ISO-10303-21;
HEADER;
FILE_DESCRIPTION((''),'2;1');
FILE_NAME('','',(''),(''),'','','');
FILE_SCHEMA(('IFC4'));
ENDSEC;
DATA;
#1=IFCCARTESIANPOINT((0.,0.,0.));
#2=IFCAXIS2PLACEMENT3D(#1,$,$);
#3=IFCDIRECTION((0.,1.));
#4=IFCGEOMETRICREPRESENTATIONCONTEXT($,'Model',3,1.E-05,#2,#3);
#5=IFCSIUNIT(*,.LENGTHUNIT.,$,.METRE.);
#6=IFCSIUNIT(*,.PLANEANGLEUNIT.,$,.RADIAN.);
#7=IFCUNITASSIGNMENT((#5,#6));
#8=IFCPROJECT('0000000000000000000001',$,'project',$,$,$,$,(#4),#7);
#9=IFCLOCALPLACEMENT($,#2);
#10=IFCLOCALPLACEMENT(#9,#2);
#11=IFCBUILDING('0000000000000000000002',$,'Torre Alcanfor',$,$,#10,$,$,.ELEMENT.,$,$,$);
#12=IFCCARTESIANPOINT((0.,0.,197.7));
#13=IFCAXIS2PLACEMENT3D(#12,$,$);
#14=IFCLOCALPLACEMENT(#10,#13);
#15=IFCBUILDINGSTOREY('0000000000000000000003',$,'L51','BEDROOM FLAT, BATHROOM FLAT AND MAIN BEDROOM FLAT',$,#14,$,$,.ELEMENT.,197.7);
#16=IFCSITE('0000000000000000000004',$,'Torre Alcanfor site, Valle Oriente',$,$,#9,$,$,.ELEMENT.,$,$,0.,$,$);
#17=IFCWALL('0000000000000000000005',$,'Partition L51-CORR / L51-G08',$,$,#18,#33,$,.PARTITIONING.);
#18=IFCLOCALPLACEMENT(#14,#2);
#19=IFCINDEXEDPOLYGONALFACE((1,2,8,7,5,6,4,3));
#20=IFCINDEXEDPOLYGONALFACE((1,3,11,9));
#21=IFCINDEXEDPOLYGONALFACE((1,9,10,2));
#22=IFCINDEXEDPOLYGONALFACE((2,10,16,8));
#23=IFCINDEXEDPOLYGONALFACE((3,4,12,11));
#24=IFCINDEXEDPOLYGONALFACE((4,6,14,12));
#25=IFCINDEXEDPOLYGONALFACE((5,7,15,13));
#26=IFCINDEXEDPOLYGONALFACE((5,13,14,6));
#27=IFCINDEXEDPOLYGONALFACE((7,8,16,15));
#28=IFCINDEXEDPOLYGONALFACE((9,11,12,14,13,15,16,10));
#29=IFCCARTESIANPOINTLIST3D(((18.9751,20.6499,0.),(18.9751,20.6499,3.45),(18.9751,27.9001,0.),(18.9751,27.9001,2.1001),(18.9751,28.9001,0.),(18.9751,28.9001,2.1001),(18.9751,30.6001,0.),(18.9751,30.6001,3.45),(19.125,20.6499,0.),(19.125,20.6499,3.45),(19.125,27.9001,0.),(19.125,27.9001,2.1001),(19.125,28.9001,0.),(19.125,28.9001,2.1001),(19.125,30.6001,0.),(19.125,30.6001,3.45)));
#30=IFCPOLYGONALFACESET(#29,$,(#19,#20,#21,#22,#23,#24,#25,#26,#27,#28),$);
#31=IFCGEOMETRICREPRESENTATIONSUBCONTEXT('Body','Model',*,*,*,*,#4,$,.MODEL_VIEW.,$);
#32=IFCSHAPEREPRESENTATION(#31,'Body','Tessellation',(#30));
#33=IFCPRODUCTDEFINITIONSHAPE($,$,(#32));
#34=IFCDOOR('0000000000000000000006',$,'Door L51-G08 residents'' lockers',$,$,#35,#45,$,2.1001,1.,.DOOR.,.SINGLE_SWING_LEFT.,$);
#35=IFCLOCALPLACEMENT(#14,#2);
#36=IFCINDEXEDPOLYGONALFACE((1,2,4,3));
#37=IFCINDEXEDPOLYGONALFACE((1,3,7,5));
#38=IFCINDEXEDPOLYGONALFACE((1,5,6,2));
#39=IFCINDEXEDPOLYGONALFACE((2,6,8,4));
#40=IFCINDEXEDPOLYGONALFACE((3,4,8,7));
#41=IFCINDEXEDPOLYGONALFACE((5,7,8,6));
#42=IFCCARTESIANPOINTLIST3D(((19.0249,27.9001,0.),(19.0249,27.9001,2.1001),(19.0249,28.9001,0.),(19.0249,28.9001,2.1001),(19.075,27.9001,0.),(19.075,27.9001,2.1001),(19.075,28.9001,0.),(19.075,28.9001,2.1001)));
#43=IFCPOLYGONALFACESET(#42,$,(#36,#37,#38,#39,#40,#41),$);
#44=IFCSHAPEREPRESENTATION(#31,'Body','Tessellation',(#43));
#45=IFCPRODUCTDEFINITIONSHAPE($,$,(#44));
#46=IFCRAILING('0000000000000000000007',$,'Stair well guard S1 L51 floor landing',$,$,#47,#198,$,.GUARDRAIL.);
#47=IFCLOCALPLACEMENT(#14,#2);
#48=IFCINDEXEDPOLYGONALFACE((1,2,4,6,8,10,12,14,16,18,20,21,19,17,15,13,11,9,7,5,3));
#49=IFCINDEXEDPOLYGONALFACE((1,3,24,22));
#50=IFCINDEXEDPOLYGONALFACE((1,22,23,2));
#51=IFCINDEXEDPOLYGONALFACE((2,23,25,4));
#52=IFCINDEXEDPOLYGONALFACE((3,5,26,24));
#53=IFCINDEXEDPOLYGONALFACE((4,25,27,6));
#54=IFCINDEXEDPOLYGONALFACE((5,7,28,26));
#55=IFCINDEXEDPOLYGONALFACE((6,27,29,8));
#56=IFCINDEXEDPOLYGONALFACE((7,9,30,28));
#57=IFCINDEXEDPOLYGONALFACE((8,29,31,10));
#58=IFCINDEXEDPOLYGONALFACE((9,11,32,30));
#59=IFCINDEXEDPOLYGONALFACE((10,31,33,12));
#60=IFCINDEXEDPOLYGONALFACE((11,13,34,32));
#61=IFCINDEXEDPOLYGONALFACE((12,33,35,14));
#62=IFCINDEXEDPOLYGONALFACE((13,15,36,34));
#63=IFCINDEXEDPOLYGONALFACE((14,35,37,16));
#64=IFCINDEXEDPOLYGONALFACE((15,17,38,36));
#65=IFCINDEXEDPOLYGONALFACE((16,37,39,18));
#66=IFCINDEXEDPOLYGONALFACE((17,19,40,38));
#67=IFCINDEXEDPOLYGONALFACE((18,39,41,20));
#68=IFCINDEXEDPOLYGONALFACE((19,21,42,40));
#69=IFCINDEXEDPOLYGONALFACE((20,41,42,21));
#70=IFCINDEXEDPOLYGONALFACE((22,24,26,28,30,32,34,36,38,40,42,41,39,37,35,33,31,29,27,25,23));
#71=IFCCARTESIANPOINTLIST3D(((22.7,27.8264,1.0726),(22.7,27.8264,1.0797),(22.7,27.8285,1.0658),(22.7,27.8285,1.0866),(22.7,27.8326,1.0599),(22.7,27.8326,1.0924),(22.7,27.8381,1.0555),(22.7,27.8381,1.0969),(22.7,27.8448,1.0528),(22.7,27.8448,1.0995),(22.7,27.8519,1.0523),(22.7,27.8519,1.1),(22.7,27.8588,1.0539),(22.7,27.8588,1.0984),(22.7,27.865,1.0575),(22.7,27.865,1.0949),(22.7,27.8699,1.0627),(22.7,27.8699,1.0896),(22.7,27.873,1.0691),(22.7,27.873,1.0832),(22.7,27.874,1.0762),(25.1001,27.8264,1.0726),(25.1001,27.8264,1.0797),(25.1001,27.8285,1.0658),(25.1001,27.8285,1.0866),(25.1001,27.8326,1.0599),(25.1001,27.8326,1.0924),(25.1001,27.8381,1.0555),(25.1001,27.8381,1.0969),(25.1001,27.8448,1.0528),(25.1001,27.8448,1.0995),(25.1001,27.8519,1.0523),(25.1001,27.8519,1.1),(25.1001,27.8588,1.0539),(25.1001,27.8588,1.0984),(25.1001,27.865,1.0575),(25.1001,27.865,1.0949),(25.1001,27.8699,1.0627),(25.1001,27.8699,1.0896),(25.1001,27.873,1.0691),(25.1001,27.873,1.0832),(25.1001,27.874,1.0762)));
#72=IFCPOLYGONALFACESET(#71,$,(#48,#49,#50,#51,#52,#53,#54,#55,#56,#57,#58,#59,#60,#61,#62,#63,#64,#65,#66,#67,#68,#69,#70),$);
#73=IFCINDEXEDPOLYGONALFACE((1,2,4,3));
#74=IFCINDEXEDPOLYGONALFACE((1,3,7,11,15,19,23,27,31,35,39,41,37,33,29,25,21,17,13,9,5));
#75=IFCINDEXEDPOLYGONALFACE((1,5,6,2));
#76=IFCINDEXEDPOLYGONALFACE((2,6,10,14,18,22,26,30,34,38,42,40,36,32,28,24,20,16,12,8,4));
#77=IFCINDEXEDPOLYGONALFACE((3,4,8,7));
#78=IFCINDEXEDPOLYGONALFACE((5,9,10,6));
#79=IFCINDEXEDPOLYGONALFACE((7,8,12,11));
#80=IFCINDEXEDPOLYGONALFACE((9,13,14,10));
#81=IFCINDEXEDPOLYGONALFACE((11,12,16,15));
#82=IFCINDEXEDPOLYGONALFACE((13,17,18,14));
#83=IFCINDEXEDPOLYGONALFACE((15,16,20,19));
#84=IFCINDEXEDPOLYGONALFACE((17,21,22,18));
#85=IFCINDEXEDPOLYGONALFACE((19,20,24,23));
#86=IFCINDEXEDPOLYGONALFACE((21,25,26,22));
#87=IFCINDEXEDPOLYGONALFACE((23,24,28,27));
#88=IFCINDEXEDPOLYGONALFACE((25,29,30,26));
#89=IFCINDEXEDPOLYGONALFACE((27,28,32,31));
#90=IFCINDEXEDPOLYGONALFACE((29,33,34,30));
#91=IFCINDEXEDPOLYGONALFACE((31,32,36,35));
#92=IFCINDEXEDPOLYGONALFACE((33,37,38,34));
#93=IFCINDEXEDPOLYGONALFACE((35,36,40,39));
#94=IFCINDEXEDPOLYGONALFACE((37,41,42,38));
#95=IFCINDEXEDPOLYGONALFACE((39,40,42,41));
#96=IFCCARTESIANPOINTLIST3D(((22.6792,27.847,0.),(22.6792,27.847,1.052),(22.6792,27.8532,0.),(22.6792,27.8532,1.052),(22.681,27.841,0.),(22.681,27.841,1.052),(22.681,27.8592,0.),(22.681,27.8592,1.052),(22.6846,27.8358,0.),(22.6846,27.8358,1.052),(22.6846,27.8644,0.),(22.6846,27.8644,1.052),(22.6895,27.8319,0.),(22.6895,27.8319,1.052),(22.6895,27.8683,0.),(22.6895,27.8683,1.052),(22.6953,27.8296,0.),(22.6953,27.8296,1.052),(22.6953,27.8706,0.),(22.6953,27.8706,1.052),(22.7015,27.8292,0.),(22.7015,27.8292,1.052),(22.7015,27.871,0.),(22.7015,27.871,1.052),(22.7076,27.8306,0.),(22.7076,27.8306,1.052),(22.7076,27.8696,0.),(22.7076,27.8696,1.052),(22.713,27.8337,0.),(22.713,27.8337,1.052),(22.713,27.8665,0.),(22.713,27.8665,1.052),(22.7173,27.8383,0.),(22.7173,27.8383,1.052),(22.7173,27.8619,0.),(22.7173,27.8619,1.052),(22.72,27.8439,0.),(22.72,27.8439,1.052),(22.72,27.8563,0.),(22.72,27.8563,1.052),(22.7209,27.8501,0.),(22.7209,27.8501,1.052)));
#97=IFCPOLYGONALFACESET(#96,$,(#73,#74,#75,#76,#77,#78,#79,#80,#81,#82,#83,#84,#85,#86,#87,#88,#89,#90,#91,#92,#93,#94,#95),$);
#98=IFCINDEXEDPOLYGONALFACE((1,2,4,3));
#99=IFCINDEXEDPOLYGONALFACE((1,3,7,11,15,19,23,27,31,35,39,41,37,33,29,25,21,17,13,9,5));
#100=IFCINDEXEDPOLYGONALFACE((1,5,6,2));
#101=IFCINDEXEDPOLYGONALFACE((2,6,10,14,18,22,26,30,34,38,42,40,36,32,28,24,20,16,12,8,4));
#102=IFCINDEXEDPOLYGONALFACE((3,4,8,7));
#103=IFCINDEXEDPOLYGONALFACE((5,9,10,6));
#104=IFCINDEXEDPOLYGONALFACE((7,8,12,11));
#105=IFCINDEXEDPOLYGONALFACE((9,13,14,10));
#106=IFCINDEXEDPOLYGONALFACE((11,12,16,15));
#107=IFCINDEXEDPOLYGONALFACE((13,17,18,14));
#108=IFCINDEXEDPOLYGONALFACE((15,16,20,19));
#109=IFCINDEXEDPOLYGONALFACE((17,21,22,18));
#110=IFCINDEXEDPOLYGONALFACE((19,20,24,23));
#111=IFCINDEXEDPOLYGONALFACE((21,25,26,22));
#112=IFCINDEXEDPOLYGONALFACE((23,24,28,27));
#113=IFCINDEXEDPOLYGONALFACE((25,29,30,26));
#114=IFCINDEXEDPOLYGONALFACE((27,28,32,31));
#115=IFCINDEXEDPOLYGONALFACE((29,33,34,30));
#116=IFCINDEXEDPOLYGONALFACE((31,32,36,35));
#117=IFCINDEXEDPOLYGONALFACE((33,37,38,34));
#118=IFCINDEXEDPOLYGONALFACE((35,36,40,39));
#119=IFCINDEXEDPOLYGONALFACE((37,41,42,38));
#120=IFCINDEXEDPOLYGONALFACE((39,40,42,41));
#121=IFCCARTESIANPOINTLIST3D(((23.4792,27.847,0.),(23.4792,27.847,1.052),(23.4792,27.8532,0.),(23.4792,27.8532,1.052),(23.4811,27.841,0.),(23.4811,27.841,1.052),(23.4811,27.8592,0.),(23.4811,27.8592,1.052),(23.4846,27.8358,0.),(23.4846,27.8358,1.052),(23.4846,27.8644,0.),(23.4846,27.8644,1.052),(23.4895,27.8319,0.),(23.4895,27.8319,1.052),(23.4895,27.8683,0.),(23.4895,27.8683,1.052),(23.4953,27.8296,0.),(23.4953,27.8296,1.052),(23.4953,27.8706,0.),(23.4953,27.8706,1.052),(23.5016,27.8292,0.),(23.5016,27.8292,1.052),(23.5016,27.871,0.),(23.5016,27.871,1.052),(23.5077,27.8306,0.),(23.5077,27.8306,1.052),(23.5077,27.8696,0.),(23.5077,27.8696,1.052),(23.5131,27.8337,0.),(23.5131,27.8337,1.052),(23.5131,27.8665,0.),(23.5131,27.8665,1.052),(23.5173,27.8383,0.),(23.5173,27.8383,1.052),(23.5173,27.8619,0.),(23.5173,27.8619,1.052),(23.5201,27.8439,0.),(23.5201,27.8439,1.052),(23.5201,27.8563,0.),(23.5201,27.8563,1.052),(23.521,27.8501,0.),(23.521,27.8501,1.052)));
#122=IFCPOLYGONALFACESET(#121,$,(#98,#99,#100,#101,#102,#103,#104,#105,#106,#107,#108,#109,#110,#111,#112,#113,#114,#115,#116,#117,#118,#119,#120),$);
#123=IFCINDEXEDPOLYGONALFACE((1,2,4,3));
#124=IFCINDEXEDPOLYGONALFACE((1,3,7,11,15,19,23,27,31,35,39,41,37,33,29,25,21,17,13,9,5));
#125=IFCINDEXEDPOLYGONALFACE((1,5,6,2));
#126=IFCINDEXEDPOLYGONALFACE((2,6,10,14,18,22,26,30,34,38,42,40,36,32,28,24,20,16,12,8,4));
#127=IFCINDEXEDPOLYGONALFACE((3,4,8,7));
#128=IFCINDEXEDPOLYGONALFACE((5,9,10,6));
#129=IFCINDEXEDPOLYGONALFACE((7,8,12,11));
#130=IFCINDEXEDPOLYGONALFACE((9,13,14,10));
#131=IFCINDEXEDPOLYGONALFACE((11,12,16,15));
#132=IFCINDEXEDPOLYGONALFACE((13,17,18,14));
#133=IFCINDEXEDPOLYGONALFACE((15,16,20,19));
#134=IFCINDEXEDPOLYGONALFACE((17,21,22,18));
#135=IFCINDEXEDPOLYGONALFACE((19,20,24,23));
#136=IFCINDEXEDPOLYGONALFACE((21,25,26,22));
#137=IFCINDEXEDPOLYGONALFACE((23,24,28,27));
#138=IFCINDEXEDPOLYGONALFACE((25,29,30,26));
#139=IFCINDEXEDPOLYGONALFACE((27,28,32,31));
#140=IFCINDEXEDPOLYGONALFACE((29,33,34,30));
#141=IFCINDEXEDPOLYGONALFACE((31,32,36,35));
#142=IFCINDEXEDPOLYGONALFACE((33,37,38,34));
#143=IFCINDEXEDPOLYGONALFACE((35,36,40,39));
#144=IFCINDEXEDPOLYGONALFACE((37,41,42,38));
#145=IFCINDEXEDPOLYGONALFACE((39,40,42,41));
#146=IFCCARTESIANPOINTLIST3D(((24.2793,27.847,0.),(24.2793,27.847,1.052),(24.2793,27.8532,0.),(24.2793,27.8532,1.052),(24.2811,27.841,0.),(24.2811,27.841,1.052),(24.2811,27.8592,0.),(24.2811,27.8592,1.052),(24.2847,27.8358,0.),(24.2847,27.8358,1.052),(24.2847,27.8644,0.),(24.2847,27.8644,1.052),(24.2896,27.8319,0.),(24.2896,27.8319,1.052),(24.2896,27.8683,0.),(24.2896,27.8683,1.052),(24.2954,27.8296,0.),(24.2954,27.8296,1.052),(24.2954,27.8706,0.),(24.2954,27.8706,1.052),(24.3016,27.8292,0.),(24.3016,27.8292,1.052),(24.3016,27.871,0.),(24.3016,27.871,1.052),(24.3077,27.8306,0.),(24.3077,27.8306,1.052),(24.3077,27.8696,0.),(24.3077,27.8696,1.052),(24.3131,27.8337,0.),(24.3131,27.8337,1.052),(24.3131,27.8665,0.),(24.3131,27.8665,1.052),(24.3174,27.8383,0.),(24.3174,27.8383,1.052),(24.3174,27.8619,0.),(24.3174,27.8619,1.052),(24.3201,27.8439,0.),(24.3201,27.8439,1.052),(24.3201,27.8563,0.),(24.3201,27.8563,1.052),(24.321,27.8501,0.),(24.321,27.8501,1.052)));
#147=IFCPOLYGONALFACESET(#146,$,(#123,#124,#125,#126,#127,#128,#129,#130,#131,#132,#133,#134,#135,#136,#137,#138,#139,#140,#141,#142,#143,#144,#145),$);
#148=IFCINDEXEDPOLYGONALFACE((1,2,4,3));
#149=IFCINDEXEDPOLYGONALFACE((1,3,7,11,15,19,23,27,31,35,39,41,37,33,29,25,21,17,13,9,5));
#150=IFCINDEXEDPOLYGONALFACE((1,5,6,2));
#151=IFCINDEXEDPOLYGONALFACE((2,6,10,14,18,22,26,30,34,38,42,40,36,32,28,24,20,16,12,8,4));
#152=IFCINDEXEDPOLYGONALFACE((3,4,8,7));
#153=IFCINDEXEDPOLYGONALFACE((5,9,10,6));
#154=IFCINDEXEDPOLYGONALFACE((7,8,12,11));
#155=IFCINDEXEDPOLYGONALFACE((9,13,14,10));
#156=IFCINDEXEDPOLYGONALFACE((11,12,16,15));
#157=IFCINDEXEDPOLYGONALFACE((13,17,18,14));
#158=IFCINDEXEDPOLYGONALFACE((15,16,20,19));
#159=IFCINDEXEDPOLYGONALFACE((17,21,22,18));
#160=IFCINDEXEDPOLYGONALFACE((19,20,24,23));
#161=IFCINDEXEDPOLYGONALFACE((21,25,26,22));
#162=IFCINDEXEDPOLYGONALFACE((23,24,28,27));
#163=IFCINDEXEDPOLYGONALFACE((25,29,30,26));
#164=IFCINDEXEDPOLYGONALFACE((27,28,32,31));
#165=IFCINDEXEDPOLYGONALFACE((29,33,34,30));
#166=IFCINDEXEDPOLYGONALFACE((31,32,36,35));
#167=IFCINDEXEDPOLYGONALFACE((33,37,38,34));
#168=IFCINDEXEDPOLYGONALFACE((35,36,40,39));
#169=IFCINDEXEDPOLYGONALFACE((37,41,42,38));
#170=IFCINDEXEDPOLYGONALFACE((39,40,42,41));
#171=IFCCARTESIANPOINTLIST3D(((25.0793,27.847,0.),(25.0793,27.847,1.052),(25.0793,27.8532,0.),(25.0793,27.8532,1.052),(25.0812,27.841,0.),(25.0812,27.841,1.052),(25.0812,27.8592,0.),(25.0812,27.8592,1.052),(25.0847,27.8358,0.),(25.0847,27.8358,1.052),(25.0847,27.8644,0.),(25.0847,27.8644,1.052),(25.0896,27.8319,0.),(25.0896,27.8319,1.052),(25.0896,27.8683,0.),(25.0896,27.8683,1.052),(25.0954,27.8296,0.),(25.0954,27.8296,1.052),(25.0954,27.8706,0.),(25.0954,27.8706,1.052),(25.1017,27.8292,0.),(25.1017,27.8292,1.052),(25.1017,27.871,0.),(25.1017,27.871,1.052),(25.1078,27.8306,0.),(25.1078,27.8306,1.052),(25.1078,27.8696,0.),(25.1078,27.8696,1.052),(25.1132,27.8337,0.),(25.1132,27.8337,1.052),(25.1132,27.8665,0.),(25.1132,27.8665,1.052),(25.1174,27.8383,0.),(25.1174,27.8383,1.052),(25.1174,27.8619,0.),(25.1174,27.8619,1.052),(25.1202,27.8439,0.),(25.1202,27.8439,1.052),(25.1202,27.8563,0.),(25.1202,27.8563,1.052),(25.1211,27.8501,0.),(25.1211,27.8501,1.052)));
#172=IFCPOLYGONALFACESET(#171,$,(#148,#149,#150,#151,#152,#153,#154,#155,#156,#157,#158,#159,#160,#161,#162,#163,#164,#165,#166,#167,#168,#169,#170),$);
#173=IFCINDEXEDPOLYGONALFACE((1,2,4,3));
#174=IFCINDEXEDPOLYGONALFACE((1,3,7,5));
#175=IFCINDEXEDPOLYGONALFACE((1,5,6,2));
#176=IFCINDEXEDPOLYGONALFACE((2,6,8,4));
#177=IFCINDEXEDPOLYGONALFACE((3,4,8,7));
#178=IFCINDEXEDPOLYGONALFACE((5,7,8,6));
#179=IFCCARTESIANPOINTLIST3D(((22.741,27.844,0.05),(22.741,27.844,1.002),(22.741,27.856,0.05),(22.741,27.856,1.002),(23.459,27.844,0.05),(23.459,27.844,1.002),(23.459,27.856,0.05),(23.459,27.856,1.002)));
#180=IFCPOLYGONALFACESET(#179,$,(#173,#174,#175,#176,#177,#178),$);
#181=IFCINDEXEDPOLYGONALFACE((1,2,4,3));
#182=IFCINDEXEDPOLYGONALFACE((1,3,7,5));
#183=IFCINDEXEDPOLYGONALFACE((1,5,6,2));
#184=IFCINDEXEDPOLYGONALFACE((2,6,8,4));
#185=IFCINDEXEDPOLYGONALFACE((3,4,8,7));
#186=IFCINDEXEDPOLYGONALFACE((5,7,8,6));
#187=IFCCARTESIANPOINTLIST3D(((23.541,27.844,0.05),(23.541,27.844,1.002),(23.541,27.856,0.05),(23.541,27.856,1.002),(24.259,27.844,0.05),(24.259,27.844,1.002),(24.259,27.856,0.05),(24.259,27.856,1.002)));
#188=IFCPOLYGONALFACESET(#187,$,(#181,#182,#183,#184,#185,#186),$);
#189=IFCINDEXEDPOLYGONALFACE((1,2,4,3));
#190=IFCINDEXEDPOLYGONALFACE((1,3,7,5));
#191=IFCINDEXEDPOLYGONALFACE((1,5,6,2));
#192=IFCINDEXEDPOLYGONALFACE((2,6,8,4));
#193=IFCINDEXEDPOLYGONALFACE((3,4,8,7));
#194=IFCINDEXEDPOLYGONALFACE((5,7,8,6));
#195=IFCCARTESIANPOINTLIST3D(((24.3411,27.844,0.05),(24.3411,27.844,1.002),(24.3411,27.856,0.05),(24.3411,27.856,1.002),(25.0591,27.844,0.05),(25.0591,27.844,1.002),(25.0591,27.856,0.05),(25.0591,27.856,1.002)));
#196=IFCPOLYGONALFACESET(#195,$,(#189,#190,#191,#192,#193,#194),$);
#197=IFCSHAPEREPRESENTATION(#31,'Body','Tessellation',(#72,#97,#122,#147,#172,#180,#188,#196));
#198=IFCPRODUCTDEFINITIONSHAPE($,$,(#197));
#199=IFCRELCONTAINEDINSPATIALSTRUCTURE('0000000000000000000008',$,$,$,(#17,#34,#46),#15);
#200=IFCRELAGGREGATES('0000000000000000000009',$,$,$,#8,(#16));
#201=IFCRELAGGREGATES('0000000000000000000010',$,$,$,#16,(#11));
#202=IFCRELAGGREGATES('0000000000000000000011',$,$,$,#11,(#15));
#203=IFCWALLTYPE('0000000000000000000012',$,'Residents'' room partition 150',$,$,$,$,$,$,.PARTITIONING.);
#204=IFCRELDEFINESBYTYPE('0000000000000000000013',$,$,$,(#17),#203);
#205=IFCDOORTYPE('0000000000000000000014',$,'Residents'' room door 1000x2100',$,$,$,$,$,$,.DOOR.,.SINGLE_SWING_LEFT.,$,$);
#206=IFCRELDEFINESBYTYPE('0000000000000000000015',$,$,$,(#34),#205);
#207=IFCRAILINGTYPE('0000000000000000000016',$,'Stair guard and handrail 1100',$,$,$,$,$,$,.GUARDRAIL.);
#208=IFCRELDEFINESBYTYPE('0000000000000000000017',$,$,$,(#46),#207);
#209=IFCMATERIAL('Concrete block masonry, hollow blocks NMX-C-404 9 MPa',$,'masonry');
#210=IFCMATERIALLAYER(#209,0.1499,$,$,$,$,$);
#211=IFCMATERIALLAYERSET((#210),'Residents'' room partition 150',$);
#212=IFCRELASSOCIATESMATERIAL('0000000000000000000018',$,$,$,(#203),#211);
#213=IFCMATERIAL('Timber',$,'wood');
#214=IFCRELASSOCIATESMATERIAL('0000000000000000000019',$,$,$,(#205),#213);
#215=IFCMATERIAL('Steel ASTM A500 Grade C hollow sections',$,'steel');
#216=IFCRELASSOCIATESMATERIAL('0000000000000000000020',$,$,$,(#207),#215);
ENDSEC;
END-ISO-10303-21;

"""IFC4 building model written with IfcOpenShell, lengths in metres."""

from ifc_helpers import new_model, si_unit, direction, frame, frame_2d, origin, origin_2d, place, context, subcontext, project, spatial, polyline, rectangle, circle, outline, extrude, material, layer, layer_set, type_object, element, fill, save


model = new_model("IFC4")

# Units and contexts
model_context = context("Model", 3, precision=1e-05, world=origin(), true_north=direction((0.0, 1.0)))
body_context = subcontext(model_context, "Body", "Model", "MODEL_VIEW")
ifc_project = project(units=[si_unit("LENGTHUNIT", "METRE"), si_unit("PLANEANGLEUNIT", "RADIAN")], contexts=[model_context])

# Site, building, storey
site_placement = place(None, origin())
site = spatial("IfcSite", under=ifc_project, at=site_placement, Name="Torre Alcanfor site, Valle Oriente", CompositionType="ELEMENT", RefElevation=0.0)
building_placement = place(site_placement, origin())
building = spatial("IfcBuilding", under=site, at=building_placement, Name="Torre Alcanfor", CompositionType="ELEMENT")
storey_placement = place(building_placement, frame((0.0, 0.0, 197.7)))
storey = spatial("IfcBuildingStorey", under=building, at=storey_placement, Name="L51", Description="BEDROOM FLAT, BATHROOM FLAT AND MAIN BEDROOM FLAT", CompositionType="ELEMENT", Elevation=197.7)

# Shared definitions
ifc_material_1 = material(Name="Concrete block masonry, hollow blocks NMX-C-404 9 MPa", Category="masonry")
ifc_layer_1 = layer(ifc_material_1, 0.1499)
ifc_layer_set_1 = layer_set([ifc_layer_1], Name="Residents' room partition 150")
wall_type_1 = type_object("IfcWallType", Name="Residents' room partition 150", PredefinedType="PARTITIONING", material=ifc_layer_set_1)

# Wall, opening, door
wall_1_placement = place(storey_placement, frame((19.05, 30.6001, 0.0), z_axis=(0.0, 0.0, 1.0), x_axis=(0.0, -1.0, 0.0)))
wall_1 = element("IfcWall", 1, at=wall_1_placement, inside=storey, type_object=wall_type_1, Name="Partition L51-CORR / L51-G08", PredefinedType="PARTITIONING", context=body_context, shape_type="SweptSolid", body=[
    extrude(rectangle(XDim=9.9502, YDim=0.1499, at=frame_2d((4.9751, 0.0))), origin(), (0.0, 0.0, 1.0), 3.45),
])
opening_1_placement = place(wall_1_placement, frame((1.7, 0.0, 0.0)))
opening_1 = element("IfcOpeningElement", 2, at=opening_1_placement, cuts=wall_1, PredefinedType="OPENING", context=body_context, shape_type="SweptSolid", body=[
    extrude(rectangle(XDim=1.0, YDim=2.1001, at=frame_2d((0.5, 1.05))), frame((0.0, 0.085, 0.0), z_axis=(0.0, -1.0, 0.0), x_axis=(1.0, 0.0, 0.0)), (0.0, 0.0, 1.0), 0.1699),
])
ifc_material_2 = material(Name="Timber", Category="wood")
door_type_1 = type_object("IfcDoorType", Name="Residents' room door 1000x2100", OperationType="SINGLE_SWING_LEFT", PredefinedType="DOOR", material=ifc_material_2)
door_1_placement = place(opening_1_placement, origin())
door_1 = element("IfcDoor", 3, at=door_1_placement, inside=storey, type_object=door_type_1, Name="Door L51-G08 residents' lockers", OperationType="SINGLE_SWING_LEFT", OverallHeight=2.1001, OverallWidth=1.0, PredefinedType="DOOR", context=body_context, shape_type="SweptSolid", body=[
    extrude(rectangle(XDim=1.0, YDim=2.1001, at=frame_2d((0.5, 1.05))), frame((0.0, 0.0249, 0.0), z_axis=(0.0, -1.0, 0.0), x_axis=(1.0, 0.0, 0.0)), (0.0, 0.0, 1.0), 0.05),
])
fill(opening_1, door_1)

# Railing
ifc_material_3 = material(Name="Steel ASTM A500 Grade C hollow sections", Category="steel")
railing_type = type_object("IfcRailingType", Name="Stair guard and handrail 1100", PredefinedType="GUARDRAIL", material=ifc_material_3)
for number, where, name in (
    (4, (22.7, 27.8501, 0.0), "Stair well guard S1 L51 floor landing"),
):
    element("IfcRailing", number, at=place(storey_placement, frame(where)), inside=storey, type_object=railing_type, Name=name, PredefinedType="GUARDRAIL", context=body_context, shape_type="SweptSolid", body=[
        extrude(circle(Radius=0.0239, at=origin_2d()), frame((0.0, 0.0, 1.0762), z_axis=(1.0, 0.0, 0.0), x_axis=(0.0, 1.0, 0.0)), (0.0, 0.0, 1.0), 2.4001),
        extrude(circle(Radius=0.021, at=origin_2d()), origin(), (0.0, 0.0, 1.0), 1.052),
        extrude(circle(Radius=0.021, at=origin_2d()), frame((0.8, 0.0, 0.0)), (0.0, 0.0, 1.0), 1.052),
        extrude(circle(Radius=0.021, at=origin_2d()), frame((1.6001, 0.0, 0.0)), (0.0, 0.0, 1.0), 1.052),
        extrude(circle(Radius=0.021, at=origin_2d()), frame((2.4001, 0.0, 0.0)), (0.0, 0.0, 1.0), 1.052),
        extrude(outline(polyline([(0.041, 0.05), (0.759, 0.05), (0.759, 1.002), (0.041, 1.002), (0.041, 0.05)])), frame((0.0, 0.0059, 0.0), z_axis=(0.0, -1.0, 0.0), x_axis=(1.0, 0.0, 0.0)), (0.0, 0.0, 1.0), 0.012),
        extrude(outline(polyline([(0.8411, 0.05), (1.5591, 0.05), (1.5591, 1.002), (0.8411, 1.002), (0.8411, 0.05)])), frame((0.0, 0.0059, 0.0), z_axis=(0.0, -1.0, 0.0), x_axis=(1.0, 0.0, 0.0)), (0.0, 0.0, 1.0), 0.012),
        extrude(outline(polyline([(1.6411, 0.05), (2.3591, 0.05), (2.3591, 1.002), (1.6411, 1.002), (1.6411, 0.05)])), frame((0.0, 0.0059, 0.0), z_axis=(0.0, -1.0, 0.0), x_axis=(1.0, 0.0, 0.0)), (0.0, 0.0, 1.0), 0.012),
    ])

save(model, "model.ifc")
